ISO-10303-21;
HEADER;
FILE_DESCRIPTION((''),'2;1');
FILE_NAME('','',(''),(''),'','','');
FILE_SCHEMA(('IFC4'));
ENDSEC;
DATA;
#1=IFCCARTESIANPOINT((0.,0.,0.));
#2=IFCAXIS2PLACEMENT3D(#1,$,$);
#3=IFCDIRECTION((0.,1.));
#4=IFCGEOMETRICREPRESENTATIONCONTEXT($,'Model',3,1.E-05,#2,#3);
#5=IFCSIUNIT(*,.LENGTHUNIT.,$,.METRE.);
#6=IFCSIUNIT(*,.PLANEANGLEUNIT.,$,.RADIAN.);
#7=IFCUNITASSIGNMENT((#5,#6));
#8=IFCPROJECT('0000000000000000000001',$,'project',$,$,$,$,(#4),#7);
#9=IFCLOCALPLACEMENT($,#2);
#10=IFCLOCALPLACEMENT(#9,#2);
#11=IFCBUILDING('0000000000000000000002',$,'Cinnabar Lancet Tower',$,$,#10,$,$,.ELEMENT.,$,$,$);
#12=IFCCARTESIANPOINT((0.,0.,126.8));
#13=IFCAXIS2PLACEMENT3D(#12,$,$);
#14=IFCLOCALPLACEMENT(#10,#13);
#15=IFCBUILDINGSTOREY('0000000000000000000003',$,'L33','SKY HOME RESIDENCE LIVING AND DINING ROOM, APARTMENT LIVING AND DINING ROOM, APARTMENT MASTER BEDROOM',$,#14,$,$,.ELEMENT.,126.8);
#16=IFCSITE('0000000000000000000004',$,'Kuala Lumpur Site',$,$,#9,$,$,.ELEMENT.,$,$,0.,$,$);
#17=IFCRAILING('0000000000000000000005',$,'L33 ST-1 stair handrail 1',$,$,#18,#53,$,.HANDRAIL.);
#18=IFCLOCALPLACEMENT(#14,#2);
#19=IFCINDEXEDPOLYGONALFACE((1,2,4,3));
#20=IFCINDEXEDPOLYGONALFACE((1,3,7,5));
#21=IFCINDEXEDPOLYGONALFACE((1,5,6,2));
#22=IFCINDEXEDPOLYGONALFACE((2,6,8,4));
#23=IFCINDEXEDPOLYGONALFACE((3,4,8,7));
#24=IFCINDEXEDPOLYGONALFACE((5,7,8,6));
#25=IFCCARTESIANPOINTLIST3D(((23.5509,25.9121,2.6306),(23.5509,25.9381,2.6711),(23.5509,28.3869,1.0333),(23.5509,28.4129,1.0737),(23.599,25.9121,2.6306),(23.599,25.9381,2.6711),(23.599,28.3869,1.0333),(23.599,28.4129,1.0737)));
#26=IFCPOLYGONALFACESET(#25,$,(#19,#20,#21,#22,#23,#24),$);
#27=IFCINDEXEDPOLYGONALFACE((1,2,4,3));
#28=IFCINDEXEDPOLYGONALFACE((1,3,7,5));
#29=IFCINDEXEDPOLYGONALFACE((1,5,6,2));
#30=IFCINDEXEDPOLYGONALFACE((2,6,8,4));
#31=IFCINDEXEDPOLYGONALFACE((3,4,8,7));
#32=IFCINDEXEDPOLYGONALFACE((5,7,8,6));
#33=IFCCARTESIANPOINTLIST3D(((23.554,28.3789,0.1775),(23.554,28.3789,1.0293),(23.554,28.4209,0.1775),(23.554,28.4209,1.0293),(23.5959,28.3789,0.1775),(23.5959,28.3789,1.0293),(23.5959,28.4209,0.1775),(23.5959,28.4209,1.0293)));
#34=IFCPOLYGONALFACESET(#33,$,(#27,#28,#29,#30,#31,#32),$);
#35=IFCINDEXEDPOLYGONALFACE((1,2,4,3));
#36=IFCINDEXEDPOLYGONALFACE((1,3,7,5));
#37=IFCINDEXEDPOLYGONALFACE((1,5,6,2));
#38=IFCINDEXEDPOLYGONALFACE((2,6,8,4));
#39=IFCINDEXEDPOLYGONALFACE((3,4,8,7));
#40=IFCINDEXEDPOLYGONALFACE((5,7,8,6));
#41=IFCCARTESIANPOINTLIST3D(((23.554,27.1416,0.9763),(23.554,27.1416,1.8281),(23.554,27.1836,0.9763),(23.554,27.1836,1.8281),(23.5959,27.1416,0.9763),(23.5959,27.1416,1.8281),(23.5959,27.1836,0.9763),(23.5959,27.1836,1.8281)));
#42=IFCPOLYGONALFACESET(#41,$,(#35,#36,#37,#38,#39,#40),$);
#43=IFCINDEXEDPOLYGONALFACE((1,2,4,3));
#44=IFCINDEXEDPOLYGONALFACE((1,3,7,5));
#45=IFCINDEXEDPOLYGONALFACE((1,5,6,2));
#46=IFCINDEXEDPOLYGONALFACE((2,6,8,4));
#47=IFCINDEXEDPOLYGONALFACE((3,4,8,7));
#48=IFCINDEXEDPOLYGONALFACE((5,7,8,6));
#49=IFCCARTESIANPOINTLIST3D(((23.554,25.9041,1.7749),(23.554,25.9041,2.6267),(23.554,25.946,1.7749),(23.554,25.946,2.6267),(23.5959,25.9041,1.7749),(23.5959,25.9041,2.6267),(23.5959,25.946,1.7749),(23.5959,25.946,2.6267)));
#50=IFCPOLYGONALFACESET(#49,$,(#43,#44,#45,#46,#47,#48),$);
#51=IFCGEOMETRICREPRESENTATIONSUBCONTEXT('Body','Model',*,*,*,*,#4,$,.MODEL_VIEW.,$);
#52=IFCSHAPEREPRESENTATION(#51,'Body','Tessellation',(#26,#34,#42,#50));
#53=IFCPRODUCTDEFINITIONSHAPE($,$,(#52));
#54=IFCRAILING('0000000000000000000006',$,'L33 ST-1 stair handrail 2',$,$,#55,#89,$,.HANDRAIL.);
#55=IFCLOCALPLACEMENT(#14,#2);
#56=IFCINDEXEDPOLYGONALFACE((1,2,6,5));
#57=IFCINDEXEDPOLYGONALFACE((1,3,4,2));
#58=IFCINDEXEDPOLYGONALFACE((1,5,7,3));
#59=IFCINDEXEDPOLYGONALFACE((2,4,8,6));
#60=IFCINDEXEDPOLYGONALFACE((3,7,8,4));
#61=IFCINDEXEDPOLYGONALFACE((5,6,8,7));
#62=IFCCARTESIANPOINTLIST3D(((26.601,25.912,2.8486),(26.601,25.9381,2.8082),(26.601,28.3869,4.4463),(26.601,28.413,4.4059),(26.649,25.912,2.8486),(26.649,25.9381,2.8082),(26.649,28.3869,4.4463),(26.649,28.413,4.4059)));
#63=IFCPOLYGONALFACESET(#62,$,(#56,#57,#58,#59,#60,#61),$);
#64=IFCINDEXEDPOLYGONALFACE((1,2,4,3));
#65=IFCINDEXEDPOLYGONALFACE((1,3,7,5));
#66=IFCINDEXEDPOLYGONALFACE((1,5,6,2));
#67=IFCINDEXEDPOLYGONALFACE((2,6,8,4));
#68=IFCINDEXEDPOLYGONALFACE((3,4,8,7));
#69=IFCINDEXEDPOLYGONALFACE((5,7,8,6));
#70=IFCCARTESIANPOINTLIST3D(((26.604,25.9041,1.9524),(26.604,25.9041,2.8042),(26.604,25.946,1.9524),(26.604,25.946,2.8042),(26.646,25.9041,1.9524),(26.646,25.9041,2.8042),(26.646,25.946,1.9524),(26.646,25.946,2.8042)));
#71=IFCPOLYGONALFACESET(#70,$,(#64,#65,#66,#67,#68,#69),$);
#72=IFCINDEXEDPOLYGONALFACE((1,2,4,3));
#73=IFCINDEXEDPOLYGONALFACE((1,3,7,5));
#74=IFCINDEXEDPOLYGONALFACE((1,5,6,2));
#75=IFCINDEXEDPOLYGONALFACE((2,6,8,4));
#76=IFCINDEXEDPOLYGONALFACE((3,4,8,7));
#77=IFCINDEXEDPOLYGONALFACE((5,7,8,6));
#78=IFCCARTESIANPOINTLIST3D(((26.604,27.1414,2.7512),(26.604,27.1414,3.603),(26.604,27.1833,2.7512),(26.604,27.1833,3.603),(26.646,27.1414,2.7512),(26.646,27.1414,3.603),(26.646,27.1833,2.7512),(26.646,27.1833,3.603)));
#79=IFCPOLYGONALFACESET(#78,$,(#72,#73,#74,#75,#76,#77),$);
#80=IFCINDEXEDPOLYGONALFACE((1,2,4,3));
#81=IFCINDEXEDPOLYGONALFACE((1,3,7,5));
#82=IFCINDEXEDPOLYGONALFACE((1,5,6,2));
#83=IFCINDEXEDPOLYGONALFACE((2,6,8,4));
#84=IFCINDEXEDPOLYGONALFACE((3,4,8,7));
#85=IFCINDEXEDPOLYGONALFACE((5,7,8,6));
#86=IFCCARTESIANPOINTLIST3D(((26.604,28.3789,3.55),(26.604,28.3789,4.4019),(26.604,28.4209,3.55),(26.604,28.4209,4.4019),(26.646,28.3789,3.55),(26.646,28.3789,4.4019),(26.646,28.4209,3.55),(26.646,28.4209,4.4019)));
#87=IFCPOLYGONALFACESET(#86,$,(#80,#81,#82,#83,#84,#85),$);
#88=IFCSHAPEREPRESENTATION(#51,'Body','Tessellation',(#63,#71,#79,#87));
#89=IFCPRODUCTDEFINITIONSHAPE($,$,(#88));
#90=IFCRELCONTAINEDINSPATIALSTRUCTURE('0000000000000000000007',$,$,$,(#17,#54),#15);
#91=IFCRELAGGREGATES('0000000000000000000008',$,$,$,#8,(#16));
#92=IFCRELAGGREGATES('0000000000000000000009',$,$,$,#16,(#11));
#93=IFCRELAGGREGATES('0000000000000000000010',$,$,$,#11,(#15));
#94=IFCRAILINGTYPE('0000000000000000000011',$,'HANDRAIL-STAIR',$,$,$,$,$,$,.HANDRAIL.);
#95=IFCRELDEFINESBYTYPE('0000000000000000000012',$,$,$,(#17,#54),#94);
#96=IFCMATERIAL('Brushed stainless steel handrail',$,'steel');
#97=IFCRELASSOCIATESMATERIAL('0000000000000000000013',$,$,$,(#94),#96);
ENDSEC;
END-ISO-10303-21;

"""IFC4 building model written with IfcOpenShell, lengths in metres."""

from ifc_helpers import new_model, si_unit, direction, frame, origin, origin_2d, place, context, subcontext, project, spatial, rectangle, extrude, material, type_object, element, save


model = new_model("IFC4")

# Units and contexts
model_context = context("Model", 3, precision=1e-05, world=origin(), true_north=direction((0.0, 1.0)))
body_context = subcontext(model_context, "Body", "Model", "MODEL_VIEW")
ifc_project = project(units=[si_unit("LENGTHUNIT", "METRE"), si_unit("PLANEANGLEUNIT", "RADIAN")], contexts=[model_context])

# Site, building, storey
site_placement = place(None, origin())
site = spatial("IfcSite", under=ifc_project, at=site_placement, Name="Kuala Lumpur Site", CompositionType="ELEMENT", RefElevation=0.0)
building_placement = place(site_placement, origin())
building = spatial("IfcBuilding", under=site, at=building_placement, Name="Cinnabar Lancet Tower", CompositionType="ELEMENT")
storey_placement = place(building_placement, frame((0.0, 0.0, 126.8)))
storey = spatial("IfcBuildingStorey", under=building, at=storey_placement, Name="L33", Description="SKY HOME RESIDENCE LIVING AND DINING ROOM, APARTMENT LIVING AND DINING ROOM, APARTMENT MASTER BEDROOM", CompositionType="ELEMENT", Elevation=126.8)

# Railings
ifc_material_1 = material(Name="Brushed stainless steel handrail", Category="steel")
railing_type_1 = type_object("IfcRailingType", Name="HANDRAIL-STAIR", PredefinedType="HANDRAIL", material=ifc_material_1)
railing_1_placement = place(storey_placement, frame((23.575, 28.3999, 0.1775)))
element("IfcRailing", 1, at=railing_1_placement, inside=storey, type_object=railing_type_1, Name="L33 ST-1 stair handrail 1", PredefinedType="HANDRAIL", context=body_context, shape_type="SweptSolid", body=[
    extrude(rectangle(XDim=0.0481, YDim=0.0481, at=origin_2d()), frame((0.0, 0.0, 0.876), z_axis=(0.0, -0.840183, 0.542302), x_axis=(1.0, 0.0, 0.0)), (0.0, 0.0, 1.0), 2.9456),
    extrude(rectangle(XDim=0.042, YDim=0.042, at=origin_2d()), origin(), (0.0, 0.0, 1.0), 0.8518),
    extrude(rectangle(XDim=0.042, YDim=0.042, at=origin_2d()), frame((0.0, -1.2373, 0.7988)), (0.0, 0.0, 1.0), 0.8518),
    extrude(rectangle(XDim=0.042, YDim=0.042, at=origin_2d()), frame((0.0, -2.4749, 1.5974)), (0.0, 0.0, 1.0), 0.8518),
])
railing_2_placement = place(storey_placement, frame((26.625, 25.925, 1.9524)))
element("IfcRailing", 2, at=railing_2_placement, inside=storey, type_object=railing_type_1, Name="L33 ST-1 stair handrail 2", PredefinedType="HANDRAIL", context=body_context, shape_type="SweptSolid", body=[
    extrude(rectangle(XDim=0.0481, YDim=0.0481, at=origin_2d()), frame((0.0, 0.0, 0.876), z_axis=(0.0, 0.840146, 0.542361), x_axis=(-1.0, 0.0, 0.0)), (0.0, 0.0, 1.0), 2.9458),
    extrude(rectangle(XDim=0.042, YDim=0.042, at=origin_2d()), origin(), (0.0, 0.0, 1.0), 0.8518),
    extrude(rectangle(XDim=0.042, YDim=0.042, at=origin_2d()), frame((0.0, 1.2373, 0.7988)), (0.0, 0.0, 1.0), 0.8518),
    extrude(rectangle(XDim=0.042, YDim=0.042, at=origin_2d()), frame((0.0, 2.4749, 1.5977)), (0.0, 0.0, 1.0), 0.8518),
])

save(model, "model.ifc")
